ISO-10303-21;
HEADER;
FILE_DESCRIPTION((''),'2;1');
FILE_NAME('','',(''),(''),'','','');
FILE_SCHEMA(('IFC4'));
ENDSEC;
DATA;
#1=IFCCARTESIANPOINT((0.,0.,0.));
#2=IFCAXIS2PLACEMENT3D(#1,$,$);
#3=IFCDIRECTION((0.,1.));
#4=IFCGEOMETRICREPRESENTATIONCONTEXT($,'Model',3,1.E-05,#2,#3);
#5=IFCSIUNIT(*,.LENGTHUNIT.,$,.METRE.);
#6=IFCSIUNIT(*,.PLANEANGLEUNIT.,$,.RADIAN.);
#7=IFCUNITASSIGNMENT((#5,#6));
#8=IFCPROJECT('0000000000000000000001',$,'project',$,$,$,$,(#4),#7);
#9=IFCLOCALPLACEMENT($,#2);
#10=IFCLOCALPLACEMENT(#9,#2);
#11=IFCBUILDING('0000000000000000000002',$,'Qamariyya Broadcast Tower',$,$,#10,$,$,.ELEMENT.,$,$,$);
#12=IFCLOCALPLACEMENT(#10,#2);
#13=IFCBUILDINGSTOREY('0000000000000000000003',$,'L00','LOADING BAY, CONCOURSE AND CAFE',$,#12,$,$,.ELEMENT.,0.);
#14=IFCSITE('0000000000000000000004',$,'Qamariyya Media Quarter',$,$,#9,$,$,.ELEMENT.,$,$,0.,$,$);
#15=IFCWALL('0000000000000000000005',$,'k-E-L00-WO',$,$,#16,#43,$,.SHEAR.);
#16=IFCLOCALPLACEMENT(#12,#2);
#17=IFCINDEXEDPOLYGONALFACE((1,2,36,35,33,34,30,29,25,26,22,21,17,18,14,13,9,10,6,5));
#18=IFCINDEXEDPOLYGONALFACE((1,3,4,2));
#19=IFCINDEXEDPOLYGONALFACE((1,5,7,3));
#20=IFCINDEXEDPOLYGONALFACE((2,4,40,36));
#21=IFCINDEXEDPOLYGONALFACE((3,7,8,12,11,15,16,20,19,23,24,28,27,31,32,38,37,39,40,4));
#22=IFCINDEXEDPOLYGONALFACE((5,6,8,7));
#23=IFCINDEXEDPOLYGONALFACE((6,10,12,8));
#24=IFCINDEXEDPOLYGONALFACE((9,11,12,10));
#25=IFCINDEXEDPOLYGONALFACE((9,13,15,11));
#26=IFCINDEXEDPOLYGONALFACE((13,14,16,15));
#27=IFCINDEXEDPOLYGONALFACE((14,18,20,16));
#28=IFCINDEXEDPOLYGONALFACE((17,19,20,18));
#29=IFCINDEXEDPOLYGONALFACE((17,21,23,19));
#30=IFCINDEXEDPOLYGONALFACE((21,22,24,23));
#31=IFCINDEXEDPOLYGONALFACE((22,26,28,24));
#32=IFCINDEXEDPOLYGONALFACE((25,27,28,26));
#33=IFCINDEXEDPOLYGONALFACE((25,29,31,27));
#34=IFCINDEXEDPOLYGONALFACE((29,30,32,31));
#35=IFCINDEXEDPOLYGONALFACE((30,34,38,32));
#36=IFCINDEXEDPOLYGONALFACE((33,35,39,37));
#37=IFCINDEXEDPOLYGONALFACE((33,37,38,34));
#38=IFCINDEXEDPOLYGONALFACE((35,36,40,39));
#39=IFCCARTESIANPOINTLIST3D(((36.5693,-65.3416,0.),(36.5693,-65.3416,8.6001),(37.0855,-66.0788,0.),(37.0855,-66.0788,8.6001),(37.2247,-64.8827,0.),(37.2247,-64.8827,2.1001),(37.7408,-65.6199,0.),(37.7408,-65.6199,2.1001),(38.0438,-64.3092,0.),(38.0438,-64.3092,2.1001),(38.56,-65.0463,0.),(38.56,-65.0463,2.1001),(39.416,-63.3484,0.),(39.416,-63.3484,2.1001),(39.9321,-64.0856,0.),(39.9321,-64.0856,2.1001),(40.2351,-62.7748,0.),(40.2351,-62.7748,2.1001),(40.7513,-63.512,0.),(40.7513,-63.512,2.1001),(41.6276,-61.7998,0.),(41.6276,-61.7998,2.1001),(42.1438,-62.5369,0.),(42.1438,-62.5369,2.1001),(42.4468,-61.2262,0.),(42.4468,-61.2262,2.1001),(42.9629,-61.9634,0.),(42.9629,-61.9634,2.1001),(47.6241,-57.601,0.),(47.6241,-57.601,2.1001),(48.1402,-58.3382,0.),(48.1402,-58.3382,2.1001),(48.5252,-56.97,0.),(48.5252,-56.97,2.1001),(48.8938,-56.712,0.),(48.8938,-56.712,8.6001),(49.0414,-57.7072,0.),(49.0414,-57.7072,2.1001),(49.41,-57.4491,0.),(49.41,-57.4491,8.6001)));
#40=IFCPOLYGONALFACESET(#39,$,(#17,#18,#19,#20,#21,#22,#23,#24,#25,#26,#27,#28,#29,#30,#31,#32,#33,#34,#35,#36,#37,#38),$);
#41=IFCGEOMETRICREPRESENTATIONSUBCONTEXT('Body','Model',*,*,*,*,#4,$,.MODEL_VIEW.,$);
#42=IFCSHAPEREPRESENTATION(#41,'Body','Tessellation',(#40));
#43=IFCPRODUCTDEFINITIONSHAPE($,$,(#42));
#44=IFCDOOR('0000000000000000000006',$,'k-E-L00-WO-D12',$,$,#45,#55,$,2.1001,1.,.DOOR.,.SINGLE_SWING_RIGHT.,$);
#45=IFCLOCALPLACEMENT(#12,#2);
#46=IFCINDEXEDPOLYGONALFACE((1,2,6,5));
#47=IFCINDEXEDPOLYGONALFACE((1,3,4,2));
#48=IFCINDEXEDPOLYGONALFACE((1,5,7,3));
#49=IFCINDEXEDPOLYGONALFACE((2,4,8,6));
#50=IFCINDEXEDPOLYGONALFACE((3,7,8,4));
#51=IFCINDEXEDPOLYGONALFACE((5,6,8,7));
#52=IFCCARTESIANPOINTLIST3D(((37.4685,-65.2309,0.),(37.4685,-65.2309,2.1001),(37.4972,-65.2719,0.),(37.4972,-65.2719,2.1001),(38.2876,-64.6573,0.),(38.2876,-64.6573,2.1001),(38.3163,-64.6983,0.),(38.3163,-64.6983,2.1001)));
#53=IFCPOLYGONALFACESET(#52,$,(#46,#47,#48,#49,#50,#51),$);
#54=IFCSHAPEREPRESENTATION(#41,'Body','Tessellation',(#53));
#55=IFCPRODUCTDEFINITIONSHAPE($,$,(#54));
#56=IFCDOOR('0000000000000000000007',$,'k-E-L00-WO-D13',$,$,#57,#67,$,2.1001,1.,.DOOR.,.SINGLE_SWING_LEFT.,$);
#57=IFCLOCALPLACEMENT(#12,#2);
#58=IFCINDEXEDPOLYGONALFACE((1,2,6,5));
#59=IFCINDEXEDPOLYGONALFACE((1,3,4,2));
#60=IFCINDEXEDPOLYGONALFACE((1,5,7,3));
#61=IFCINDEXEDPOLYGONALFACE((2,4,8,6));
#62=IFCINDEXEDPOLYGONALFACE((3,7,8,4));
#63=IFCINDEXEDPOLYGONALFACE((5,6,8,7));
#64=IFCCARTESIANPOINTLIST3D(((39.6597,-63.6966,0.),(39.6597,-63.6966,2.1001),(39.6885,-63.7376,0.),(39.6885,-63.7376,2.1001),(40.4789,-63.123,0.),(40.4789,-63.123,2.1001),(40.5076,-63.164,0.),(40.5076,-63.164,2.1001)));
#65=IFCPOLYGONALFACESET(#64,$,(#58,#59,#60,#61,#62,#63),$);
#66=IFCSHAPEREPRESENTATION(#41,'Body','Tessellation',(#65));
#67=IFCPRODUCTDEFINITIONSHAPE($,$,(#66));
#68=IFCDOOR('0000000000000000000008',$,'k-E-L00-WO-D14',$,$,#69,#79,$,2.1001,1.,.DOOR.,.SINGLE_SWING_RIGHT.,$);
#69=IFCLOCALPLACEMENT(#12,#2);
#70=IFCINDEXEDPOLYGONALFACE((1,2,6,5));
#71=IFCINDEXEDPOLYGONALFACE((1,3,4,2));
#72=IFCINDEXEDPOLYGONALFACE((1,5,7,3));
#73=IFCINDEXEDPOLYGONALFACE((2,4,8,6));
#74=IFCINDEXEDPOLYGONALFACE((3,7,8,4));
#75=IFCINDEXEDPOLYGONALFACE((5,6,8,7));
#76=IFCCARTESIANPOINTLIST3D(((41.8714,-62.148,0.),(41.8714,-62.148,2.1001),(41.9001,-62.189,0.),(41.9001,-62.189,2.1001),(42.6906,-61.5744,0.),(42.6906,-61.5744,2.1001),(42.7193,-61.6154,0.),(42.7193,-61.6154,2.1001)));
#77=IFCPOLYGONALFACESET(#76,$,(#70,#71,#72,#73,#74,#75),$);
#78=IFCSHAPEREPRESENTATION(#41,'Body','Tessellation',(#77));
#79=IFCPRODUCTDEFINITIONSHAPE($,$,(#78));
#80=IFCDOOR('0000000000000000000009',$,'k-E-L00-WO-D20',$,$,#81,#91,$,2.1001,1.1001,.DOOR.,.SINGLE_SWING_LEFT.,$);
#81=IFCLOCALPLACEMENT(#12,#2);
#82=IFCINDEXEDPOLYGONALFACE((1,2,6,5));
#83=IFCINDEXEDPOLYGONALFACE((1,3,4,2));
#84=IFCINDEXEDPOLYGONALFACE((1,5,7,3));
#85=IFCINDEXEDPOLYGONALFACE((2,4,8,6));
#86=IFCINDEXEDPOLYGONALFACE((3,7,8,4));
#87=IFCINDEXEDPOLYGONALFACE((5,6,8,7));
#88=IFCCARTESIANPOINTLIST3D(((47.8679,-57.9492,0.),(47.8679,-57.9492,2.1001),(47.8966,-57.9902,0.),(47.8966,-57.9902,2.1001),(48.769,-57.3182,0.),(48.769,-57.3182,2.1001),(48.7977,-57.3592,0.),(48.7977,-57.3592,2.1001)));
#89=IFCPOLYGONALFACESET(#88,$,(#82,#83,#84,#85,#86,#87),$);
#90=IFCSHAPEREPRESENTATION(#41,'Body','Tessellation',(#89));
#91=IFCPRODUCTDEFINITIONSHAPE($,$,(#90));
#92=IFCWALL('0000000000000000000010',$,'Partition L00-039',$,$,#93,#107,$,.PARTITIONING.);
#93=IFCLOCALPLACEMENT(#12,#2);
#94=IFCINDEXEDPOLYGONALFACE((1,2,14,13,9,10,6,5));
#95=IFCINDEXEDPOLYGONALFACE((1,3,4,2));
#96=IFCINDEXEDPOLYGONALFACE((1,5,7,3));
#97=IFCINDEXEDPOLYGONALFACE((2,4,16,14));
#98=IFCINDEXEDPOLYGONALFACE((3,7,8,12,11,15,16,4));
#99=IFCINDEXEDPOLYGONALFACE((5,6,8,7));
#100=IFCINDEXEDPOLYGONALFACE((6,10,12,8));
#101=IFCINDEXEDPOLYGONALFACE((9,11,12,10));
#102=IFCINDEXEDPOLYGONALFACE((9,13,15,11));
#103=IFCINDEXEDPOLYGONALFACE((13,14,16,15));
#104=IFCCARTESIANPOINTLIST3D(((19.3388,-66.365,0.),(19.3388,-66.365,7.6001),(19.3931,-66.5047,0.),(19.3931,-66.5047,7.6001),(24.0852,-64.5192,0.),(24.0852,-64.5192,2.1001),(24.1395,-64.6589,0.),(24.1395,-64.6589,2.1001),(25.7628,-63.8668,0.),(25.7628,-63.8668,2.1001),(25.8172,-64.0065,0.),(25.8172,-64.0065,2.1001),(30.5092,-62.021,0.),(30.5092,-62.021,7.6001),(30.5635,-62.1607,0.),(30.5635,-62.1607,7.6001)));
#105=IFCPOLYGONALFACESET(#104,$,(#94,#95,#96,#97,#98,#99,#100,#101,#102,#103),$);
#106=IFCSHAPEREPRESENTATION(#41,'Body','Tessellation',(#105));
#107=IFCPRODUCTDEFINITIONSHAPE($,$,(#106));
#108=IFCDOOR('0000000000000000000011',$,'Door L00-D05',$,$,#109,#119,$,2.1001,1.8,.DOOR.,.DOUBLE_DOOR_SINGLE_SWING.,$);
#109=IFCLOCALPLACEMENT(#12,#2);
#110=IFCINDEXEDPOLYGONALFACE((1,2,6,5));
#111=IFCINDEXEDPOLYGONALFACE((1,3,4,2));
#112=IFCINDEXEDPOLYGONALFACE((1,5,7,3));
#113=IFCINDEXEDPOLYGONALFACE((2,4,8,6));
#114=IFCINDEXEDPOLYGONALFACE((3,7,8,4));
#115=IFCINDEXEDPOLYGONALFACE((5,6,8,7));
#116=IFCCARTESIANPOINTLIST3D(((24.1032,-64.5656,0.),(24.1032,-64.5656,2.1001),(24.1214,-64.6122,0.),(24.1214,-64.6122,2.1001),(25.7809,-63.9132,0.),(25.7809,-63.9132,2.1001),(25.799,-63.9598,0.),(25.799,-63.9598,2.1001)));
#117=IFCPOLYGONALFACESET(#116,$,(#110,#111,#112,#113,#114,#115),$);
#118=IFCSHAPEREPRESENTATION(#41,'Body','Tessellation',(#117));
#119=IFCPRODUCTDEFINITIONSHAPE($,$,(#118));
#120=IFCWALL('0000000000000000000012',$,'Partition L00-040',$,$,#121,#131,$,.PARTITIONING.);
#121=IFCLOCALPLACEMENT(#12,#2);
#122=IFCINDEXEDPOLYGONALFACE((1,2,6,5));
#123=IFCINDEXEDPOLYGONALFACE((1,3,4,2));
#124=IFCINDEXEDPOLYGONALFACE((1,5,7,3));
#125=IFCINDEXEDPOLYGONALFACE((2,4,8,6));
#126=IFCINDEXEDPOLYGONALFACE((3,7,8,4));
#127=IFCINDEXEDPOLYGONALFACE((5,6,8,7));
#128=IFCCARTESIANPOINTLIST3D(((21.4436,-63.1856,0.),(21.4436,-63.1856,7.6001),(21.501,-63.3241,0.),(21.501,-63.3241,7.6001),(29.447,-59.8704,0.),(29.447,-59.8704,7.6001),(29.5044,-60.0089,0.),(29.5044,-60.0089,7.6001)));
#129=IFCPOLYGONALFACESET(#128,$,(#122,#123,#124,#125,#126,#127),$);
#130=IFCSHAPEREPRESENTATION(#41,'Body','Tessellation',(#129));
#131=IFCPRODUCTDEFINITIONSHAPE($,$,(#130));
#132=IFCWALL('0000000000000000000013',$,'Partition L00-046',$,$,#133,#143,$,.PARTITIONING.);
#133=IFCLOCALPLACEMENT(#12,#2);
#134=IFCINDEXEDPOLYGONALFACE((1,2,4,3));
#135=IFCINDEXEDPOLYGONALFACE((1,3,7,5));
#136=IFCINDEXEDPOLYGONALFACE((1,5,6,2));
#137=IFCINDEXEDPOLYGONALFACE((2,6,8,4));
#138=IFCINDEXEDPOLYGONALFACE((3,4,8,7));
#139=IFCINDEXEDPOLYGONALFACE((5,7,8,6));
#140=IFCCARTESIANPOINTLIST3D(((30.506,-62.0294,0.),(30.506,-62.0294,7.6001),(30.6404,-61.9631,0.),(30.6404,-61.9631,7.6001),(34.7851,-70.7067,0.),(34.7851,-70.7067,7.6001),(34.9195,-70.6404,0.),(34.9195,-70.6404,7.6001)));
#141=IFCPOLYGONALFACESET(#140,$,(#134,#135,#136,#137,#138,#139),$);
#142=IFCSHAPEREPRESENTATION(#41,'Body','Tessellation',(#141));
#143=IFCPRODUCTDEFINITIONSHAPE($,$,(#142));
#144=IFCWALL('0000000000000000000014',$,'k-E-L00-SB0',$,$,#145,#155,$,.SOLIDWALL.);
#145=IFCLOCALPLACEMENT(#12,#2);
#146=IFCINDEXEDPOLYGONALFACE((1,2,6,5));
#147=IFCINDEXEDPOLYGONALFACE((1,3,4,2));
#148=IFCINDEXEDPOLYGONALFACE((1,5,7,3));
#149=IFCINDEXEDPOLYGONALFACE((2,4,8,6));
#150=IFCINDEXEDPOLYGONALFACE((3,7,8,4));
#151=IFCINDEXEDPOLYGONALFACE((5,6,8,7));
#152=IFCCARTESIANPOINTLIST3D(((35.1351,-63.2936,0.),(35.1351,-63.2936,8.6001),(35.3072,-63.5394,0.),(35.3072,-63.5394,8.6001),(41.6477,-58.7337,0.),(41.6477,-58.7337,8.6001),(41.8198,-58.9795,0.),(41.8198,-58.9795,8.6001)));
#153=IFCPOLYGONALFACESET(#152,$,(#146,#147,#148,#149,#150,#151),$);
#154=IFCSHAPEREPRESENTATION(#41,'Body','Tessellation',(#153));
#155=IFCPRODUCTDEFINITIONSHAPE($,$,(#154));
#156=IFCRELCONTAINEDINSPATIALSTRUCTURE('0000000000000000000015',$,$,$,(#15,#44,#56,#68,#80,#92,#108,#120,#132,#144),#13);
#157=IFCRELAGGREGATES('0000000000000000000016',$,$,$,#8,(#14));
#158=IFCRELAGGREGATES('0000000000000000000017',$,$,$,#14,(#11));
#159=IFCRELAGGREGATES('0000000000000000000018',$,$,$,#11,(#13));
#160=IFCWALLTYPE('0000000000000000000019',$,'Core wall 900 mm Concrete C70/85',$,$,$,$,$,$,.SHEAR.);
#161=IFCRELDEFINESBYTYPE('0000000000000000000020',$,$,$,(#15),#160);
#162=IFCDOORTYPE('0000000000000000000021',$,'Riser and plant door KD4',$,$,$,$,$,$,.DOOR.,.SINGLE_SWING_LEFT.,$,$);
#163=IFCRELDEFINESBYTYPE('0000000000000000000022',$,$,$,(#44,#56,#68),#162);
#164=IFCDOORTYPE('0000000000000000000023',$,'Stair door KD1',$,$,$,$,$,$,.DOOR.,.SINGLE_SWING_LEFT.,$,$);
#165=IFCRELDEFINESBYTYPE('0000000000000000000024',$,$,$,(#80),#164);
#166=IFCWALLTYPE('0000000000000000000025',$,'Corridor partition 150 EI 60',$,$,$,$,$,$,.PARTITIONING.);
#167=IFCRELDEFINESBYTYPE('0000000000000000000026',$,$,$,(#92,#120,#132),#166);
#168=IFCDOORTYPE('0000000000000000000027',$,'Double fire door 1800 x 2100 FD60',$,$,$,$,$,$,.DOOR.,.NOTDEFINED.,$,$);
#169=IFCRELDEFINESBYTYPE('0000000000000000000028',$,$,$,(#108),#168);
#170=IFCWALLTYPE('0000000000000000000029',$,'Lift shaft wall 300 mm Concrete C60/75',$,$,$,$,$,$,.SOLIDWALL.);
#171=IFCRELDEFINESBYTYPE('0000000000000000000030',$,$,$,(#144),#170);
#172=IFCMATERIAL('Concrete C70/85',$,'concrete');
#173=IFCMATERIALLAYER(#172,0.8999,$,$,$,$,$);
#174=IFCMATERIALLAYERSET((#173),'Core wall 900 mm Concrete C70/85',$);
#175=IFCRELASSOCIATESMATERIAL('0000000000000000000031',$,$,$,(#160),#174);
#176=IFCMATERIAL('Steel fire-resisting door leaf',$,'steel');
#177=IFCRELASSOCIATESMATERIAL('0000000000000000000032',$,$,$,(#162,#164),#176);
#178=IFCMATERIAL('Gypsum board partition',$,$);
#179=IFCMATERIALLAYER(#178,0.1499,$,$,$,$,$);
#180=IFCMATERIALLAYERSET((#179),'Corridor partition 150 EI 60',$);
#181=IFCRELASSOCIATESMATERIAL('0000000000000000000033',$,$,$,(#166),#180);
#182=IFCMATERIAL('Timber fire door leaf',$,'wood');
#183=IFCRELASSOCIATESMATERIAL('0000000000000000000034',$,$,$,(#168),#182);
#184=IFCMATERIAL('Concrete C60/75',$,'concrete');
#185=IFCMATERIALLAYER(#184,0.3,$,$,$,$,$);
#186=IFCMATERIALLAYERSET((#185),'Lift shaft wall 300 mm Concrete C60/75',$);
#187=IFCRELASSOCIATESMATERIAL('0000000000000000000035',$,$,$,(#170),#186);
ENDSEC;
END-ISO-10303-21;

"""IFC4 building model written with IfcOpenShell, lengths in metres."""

from ifc_helpers import new_model, si_unit, direction, frame, frame_2d, origin, place, context, subcontext, project, spatial, rectangle, extrude, material, layer, layer_set, type_object, element, fill, save


model = new_model("IFC4")

# Units and contexts
model_context = context("Model", 3, precision=1e-05, world=origin(), true_north=direction((0.0, 1.0)))
body_context = subcontext(model_context, "Body", "Model", "MODEL_VIEW")
ifc_project = project(units=[si_unit("LENGTHUNIT", "METRE"), si_unit("PLANEANGLEUNIT", "RADIAN")], contexts=[model_context])

# Site, building, storey
site_placement = place(None, origin())
site = spatial("IfcSite", under=ifc_project, at=site_placement, Name="Qamariyya Media Quarter", CompositionType="ELEMENT", RefElevation=0.0)
building_placement = place(site_placement, origin())
building = spatial("IfcBuilding", under=site, at=building_placement, Name="Qamariyya Broadcast Tower", CompositionType="ELEMENT")
storey_placement = place(building_placement, origin())
storey = spatial("IfcBuildingStorey", under=building, at=storey_placement, Name="L00", Description="LOADING BAY, CONCOURSE AND CAFE", CompositionType="ELEMENT", Elevation=0.0)

# Shared definitions
ifc_material_1 = material(Name="Concrete C70/85", Category="concrete")

# Shared definitions
ifc_layer_1 = layer(ifc_material_1, 0.8999)
ifc_layer_set_1 = layer_set([ifc_layer_1], Name="Core wall 900 mm Concrete C70/85")
wall_type_1 = type_object("IfcWallType", Name="Core wall 900 mm Concrete C70/85", PredefinedType="SHEAR", material=ifc_layer_set_1)
ifc_material_2 = material(Name="Steel fire-resisting door leaf", Category="steel")

# Wall, openings, doors
wall_1_placement = place(storey_placement, frame((36.8274, -65.7102, 0.0), z_axis=(0.0, 0.0, 1.0), x_axis=(0.819153, 0.573575, 0.0)))
wall_1 = element("IfcWall", 1, at=wall_1_placement, inside=storey, type_object=wall_type_1, Name="k-E-L00-WO", PredefinedType="SHEAR", context=body_context, shape_type="SweptSolid", body=[
    extrude(rectangle(XDim=15.0454, YDim=0.8999, at=frame_2d((7.5227, 0.0))), origin(), (0.0, 0.0, 1.0), 8.6001),
])
opening_1_placement = place(wall_1_placement, frame((0.8, 0.0, 0.0)))
opening_1 = element("IfcOpeningElement", 2, at=opening_1_placement, cuts=wall_1, PredefinedType="OPENING", context=body_context, shape_type="SweptSolid", body=[
    extrude(rectangle(XDim=1.0, YDim=2.1001, at=frame_2d((0.5, 1.05))), frame((0.0, 0.46, 0.0), z_axis=(0.0, -1.0, 0.0), x_axis=(1.0, 0.0, 0.0)), (0.0, 0.0, 1.0), 0.9199),
])
opening_2_placement = place(wall_1_placement, frame((3.4751, 0.0, 0.0)))
opening_2 = element("IfcOpeningElement", 3, at=opening_2_placement, cuts=wall_1, PredefinedType="OPENING", context=body_context, shape_type="SweptSolid", body=[
    extrude(rectangle(XDim=1.0, YDim=2.1001, at=frame_2d((0.5, 1.05))), frame((0.0, 0.46, 0.0), z_axis=(0.0, -1.0, 0.0), x_axis=(1.0, 0.0, 0.0)), (0.0, 0.0, 1.0), 0.9199),
])
opening_3_placement = place(wall_1_placement, frame((6.175, 0.0, 0.0)))
opening_3 = element("IfcOpeningElement", 4, at=opening_3_placement, cuts=wall_1, PredefinedType="OPENING", context=body_context, shape_type="SweptSolid", body=[
    extrude(rectangle(XDim=1.0, YDim=2.1001, at=frame_2d((0.5, 1.05))), frame((0.0, 0.46, 0.0), z_axis=(0.0, -1.0, 0.0), x_axis=(1.0, 0.0, 0.0)), (0.0, 0.0, 1.0), 0.9199),
])
opening_4_placement = place(wall_1_placement, frame((13.4954, 0.0, 0.0)))
opening_4 = element("IfcOpeningElement", 5, at=opening_4_placement, cuts=wall_1, PredefinedType="OPENING", context=body_context, shape_type="SweptSolid", body=[
    extrude(rectangle(XDim=1.1001, YDim=2.1001, at=frame_2d((0.55, 1.05))), frame((0.0, 0.46, 0.0), z_axis=(0.0, -1.0, 0.0), x_axis=(1.0, 0.0, 0.0)), (0.0, 0.0, 1.0), 0.9199),
])
door_type_1 = type_object("IfcDoorType", Name="Riser and plant door KD4", OperationType="SINGLE_SWING_LEFT", PredefinedType="DOOR", material=ifc_material_2)
door_1_placement = place(opening_1_placement, origin())
door_1 = element("IfcDoor", 6, at=door_1_placement, inside=storey, type_object=door_type_1, Name="k-E-L00-WO-D12", OperationType="SINGLE_SWING_RIGHT", OverallHeight=2.1001, OverallWidth=1.0, PredefinedType="DOOR", context=body_context, shape_type="SweptSolid", body=[
    extrude(rectangle(XDim=1.0, YDim=2.1001, at=frame_2d((0.5, 1.05))), frame((0.0, 0.0249, 0.0), z_axis=(0.0, -1.0, 0.0), x_axis=(1.0, 0.0, 0.0)), (0.0, 0.0, 1.0), 0.05),
])
fill(opening_1, door_1)
door_2_placement = place(opening_2_placement, origin())
door_2 = element("IfcDoor", 7, at=door_2_placement, inside=storey, type_object=door_type_1, Name="k-E-L00-WO-D13", OperationType="SINGLE_SWING_LEFT", OverallHeight=2.1001, OverallWidth=1.0, PredefinedType="DOOR", context=body_context, shape_type="SweptSolid", body=[
    extrude(rectangle(XDim=1.0, YDim=2.1001, at=frame_2d((0.5, 1.05))), frame((0.0, 0.0249, 0.0), z_axis=(0.0, -1.0, 0.0), x_axis=(1.0, 0.0, 0.0)), (0.0, 0.0, 1.0), 0.05),
])
fill(opening_2, door_2)
door_3_placement = place(opening_3_placement, origin())
door_3 = element("IfcDoor", 8, at=door_3_placement, inside=storey, type_object=door_type_1, Name="k-E-L00-WO-D14", OperationType="SINGLE_SWING_RIGHT", OverallHeight=2.1001, OverallWidth=1.0, PredefinedType="DOOR", context=body_context, shape_type="SweptSolid", body=[
    extrude(rectangle(XDim=1.0, YDim=2.1001, at=frame_2d((0.5, 1.05))), frame((0.0, 0.0249, 0.0), z_axis=(0.0, -1.0, 0.0), x_axis=(1.0, 0.0, 0.0)), (0.0, 0.0, 1.0), 0.05),
])
fill(opening_3, door_3)
door_type_2 = type_object("IfcDoorType", Name="Stair door KD1", OperationType="SINGLE_SWING_LEFT", PredefinedType="DOOR", material=ifc_material_2)
door_4_placement = place(opening_4_placement, origin())
door_4 = element("IfcDoor", 9, at=door_4_placement, inside=storey, type_object=door_type_2, Name="k-E-L00-WO-D20", OperationType="SINGLE_SWING_LEFT", OverallHeight=2.1001, OverallWidth=1.1001, PredefinedType="DOOR", context=body_context, shape_type="SweptSolid", body=[
    extrude(rectangle(XDim=1.1001, YDim=2.1001, at=frame_2d((0.55, 1.05))), frame((0.0, 0.0249, 0.0), z_axis=(0.0, -1.0, 0.0), x_axis=(1.0, 0.0, 0.0)), (0.0, 0.0, 1.0), 0.05),
])
fill(opening_4, door_4)

# Wall, opening, door
ifc_material_3 = material(Name="Gypsum board partition")
ifc_layer_2 = layer(ifc_material_3, 0.1499)
ifc_layer_set_2 = layer_set([ifc_layer_2], Name="Corridor partition 150 EI 60")
wall_type_2 = type_object("IfcWallType", Name="Corridor partition 150 EI 60", PredefinedType="PARTITIONING", material=ifc_layer_set_2)
wall_2_placement = place(storey_placement, frame((30.5364, -62.0908, 0.0), z_axis=(0.0, 0.0, 1.0), x_axis=(-0.932006, -0.362442, 0.0)))
wall_2 = element("IfcWall", 10, at=wall_2_placement, inside=storey, type_object=wall_type_2, Name="Partition L00-039", PredefinedType="PARTITIONING", context=body_context, shape_type="SweptSolid", body=[
    extrude(rectangle(XDim=11.9854, YDim=0.1499, at=frame_2d((5.9927, 0.0))), origin(), (0.0, 0.0, 1.0), 7.6001),
])
opening_5_placement = place(wall_2_placement, frame((5.0928, 0.0, 0.0)))
opening_5 = element("IfcOpeningElement", 11, at=opening_5_placement, cuts=wall_2, PredefinedType="OPENING", context=body_context, shape_type="SweptSolid", body=[
    extrude(rectangle(XDim=1.8, YDim=2.1001, at=frame_2d((0.8999, 1.05))), frame((0.0, 0.085, 0.0), z_axis=(0.0, -1.0, 0.0), x_axis=(1.0, 0.0, 0.0)), (0.0, 0.0, 1.0), 0.1699),
])
ifc_material_4 = material(Name="Timber fire door leaf", Category="wood")
door_type_3 = type_object("IfcDoorType", Name="Double fire door 1800 x 2100 FD60", OperationType="NOTDEFINED", PredefinedType="DOOR", material=ifc_material_4)
door_5_placement = place(opening_5_placement, origin())
door_5 = element("IfcDoor", 12, at=door_5_placement, inside=storey, type_object=door_type_3, Name="Door L00-D05", OperationType="DOUBLE_DOOR_SINGLE_SWING", OverallHeight=2.1001, OverallWidth=1.8, PredefinedType="DOOR", context=body_context, shape_type="SweptSolid", body=[
    extrude(rectangle(XDim=1.8, YDim=2.1001, at=frame_2d((0.8999, 1.05))), frame((0.0, 0.0249, 0.0), z_axis=(0.0, -1.0, 0.0), x_axis=(1.0, 0.0, 0.0)), (0.0, 0.0, 1.0), 0.05),
])
fill(opening_5, door_5)

# Walls
wall_3_placement = place(storey_placement, frame((21.4722, -63.2549, 0.0), z_axis=(0.0, 0.0, 1.0), x_axis=(0.923877, 0.382689, 0.0)))
element("IfcWall", 13, at=wall_3_placement, inside=storey, type_object=wall_type_2, Name="Partition L00-040", PredefinedType="PARTITIONING", context=body_context, shape_type="SweptSolid", body=[
    extrude(rectangle(XDim=8.6628, YDim=0.1499, at=frame_2d((4.3315, 0.0))), origin(), (0.0, 0.0, 1.0), 7.6001),
])
wall_4_placement = place(storey_placement, frame((30.5732, -61.9963, 0.0), z_axis=(0.0, 0.0, 1.0), x_axis=(0.442281, -0.896876, 0.0)))
element("IfcWall", 14, at=wall_4_placement, inside=storey, type_object=wall_type_2, Name="Partition L00-046", PredefinedType="PARTITIONING", context=body_context, shape_type="SweptSolid", body=[
    extrude(rectangle(XDim=9.675, YDim=0.1499, at=frame_2d((4.8374, 0.0))), origin(), (0.0, 0.0, 1.0), 7.6001),
])
ifc_material_5 = material(Name="Concrete C60/75", Category="concrete")
ifc_layer_3 = layer(ifc_material_5, 0.3)
ifc_layer_set_3 = layer_set([ifc_layer_3], Name="Lift shaft wall 300 mm Concrete C60/75")
wall_type_3 = type_object("IfcWallType", Name="Lift shaft wall 300 mm Concrete C60/75", PredefinedType="SOLIDWALL", material=ifc_layer_set_3)
wall_5_placement = place(storey_placement, frame((35.2212, -63.4165, 0.0), z_axis=(0.0, 0.0, 1.0), x_axis=(0.819167, 0.573555, 0.0)))
element("IfcWall", 15, at=wall_5_placement, inside=storey, type_object=wall_type_3, Name="k-E-L00-SB0", PredefinedType="SOLIDWALL", context=body_context, shape_type="SweptSolid", body=[
    extrude(rectangle(XDim=7.9502, YDim=0.3, at=frame_2d((3.9751, 0.0))), origin(), (0.0, 0.0, 1.0), 8.6001),
])

save(model, "model.ifc")
